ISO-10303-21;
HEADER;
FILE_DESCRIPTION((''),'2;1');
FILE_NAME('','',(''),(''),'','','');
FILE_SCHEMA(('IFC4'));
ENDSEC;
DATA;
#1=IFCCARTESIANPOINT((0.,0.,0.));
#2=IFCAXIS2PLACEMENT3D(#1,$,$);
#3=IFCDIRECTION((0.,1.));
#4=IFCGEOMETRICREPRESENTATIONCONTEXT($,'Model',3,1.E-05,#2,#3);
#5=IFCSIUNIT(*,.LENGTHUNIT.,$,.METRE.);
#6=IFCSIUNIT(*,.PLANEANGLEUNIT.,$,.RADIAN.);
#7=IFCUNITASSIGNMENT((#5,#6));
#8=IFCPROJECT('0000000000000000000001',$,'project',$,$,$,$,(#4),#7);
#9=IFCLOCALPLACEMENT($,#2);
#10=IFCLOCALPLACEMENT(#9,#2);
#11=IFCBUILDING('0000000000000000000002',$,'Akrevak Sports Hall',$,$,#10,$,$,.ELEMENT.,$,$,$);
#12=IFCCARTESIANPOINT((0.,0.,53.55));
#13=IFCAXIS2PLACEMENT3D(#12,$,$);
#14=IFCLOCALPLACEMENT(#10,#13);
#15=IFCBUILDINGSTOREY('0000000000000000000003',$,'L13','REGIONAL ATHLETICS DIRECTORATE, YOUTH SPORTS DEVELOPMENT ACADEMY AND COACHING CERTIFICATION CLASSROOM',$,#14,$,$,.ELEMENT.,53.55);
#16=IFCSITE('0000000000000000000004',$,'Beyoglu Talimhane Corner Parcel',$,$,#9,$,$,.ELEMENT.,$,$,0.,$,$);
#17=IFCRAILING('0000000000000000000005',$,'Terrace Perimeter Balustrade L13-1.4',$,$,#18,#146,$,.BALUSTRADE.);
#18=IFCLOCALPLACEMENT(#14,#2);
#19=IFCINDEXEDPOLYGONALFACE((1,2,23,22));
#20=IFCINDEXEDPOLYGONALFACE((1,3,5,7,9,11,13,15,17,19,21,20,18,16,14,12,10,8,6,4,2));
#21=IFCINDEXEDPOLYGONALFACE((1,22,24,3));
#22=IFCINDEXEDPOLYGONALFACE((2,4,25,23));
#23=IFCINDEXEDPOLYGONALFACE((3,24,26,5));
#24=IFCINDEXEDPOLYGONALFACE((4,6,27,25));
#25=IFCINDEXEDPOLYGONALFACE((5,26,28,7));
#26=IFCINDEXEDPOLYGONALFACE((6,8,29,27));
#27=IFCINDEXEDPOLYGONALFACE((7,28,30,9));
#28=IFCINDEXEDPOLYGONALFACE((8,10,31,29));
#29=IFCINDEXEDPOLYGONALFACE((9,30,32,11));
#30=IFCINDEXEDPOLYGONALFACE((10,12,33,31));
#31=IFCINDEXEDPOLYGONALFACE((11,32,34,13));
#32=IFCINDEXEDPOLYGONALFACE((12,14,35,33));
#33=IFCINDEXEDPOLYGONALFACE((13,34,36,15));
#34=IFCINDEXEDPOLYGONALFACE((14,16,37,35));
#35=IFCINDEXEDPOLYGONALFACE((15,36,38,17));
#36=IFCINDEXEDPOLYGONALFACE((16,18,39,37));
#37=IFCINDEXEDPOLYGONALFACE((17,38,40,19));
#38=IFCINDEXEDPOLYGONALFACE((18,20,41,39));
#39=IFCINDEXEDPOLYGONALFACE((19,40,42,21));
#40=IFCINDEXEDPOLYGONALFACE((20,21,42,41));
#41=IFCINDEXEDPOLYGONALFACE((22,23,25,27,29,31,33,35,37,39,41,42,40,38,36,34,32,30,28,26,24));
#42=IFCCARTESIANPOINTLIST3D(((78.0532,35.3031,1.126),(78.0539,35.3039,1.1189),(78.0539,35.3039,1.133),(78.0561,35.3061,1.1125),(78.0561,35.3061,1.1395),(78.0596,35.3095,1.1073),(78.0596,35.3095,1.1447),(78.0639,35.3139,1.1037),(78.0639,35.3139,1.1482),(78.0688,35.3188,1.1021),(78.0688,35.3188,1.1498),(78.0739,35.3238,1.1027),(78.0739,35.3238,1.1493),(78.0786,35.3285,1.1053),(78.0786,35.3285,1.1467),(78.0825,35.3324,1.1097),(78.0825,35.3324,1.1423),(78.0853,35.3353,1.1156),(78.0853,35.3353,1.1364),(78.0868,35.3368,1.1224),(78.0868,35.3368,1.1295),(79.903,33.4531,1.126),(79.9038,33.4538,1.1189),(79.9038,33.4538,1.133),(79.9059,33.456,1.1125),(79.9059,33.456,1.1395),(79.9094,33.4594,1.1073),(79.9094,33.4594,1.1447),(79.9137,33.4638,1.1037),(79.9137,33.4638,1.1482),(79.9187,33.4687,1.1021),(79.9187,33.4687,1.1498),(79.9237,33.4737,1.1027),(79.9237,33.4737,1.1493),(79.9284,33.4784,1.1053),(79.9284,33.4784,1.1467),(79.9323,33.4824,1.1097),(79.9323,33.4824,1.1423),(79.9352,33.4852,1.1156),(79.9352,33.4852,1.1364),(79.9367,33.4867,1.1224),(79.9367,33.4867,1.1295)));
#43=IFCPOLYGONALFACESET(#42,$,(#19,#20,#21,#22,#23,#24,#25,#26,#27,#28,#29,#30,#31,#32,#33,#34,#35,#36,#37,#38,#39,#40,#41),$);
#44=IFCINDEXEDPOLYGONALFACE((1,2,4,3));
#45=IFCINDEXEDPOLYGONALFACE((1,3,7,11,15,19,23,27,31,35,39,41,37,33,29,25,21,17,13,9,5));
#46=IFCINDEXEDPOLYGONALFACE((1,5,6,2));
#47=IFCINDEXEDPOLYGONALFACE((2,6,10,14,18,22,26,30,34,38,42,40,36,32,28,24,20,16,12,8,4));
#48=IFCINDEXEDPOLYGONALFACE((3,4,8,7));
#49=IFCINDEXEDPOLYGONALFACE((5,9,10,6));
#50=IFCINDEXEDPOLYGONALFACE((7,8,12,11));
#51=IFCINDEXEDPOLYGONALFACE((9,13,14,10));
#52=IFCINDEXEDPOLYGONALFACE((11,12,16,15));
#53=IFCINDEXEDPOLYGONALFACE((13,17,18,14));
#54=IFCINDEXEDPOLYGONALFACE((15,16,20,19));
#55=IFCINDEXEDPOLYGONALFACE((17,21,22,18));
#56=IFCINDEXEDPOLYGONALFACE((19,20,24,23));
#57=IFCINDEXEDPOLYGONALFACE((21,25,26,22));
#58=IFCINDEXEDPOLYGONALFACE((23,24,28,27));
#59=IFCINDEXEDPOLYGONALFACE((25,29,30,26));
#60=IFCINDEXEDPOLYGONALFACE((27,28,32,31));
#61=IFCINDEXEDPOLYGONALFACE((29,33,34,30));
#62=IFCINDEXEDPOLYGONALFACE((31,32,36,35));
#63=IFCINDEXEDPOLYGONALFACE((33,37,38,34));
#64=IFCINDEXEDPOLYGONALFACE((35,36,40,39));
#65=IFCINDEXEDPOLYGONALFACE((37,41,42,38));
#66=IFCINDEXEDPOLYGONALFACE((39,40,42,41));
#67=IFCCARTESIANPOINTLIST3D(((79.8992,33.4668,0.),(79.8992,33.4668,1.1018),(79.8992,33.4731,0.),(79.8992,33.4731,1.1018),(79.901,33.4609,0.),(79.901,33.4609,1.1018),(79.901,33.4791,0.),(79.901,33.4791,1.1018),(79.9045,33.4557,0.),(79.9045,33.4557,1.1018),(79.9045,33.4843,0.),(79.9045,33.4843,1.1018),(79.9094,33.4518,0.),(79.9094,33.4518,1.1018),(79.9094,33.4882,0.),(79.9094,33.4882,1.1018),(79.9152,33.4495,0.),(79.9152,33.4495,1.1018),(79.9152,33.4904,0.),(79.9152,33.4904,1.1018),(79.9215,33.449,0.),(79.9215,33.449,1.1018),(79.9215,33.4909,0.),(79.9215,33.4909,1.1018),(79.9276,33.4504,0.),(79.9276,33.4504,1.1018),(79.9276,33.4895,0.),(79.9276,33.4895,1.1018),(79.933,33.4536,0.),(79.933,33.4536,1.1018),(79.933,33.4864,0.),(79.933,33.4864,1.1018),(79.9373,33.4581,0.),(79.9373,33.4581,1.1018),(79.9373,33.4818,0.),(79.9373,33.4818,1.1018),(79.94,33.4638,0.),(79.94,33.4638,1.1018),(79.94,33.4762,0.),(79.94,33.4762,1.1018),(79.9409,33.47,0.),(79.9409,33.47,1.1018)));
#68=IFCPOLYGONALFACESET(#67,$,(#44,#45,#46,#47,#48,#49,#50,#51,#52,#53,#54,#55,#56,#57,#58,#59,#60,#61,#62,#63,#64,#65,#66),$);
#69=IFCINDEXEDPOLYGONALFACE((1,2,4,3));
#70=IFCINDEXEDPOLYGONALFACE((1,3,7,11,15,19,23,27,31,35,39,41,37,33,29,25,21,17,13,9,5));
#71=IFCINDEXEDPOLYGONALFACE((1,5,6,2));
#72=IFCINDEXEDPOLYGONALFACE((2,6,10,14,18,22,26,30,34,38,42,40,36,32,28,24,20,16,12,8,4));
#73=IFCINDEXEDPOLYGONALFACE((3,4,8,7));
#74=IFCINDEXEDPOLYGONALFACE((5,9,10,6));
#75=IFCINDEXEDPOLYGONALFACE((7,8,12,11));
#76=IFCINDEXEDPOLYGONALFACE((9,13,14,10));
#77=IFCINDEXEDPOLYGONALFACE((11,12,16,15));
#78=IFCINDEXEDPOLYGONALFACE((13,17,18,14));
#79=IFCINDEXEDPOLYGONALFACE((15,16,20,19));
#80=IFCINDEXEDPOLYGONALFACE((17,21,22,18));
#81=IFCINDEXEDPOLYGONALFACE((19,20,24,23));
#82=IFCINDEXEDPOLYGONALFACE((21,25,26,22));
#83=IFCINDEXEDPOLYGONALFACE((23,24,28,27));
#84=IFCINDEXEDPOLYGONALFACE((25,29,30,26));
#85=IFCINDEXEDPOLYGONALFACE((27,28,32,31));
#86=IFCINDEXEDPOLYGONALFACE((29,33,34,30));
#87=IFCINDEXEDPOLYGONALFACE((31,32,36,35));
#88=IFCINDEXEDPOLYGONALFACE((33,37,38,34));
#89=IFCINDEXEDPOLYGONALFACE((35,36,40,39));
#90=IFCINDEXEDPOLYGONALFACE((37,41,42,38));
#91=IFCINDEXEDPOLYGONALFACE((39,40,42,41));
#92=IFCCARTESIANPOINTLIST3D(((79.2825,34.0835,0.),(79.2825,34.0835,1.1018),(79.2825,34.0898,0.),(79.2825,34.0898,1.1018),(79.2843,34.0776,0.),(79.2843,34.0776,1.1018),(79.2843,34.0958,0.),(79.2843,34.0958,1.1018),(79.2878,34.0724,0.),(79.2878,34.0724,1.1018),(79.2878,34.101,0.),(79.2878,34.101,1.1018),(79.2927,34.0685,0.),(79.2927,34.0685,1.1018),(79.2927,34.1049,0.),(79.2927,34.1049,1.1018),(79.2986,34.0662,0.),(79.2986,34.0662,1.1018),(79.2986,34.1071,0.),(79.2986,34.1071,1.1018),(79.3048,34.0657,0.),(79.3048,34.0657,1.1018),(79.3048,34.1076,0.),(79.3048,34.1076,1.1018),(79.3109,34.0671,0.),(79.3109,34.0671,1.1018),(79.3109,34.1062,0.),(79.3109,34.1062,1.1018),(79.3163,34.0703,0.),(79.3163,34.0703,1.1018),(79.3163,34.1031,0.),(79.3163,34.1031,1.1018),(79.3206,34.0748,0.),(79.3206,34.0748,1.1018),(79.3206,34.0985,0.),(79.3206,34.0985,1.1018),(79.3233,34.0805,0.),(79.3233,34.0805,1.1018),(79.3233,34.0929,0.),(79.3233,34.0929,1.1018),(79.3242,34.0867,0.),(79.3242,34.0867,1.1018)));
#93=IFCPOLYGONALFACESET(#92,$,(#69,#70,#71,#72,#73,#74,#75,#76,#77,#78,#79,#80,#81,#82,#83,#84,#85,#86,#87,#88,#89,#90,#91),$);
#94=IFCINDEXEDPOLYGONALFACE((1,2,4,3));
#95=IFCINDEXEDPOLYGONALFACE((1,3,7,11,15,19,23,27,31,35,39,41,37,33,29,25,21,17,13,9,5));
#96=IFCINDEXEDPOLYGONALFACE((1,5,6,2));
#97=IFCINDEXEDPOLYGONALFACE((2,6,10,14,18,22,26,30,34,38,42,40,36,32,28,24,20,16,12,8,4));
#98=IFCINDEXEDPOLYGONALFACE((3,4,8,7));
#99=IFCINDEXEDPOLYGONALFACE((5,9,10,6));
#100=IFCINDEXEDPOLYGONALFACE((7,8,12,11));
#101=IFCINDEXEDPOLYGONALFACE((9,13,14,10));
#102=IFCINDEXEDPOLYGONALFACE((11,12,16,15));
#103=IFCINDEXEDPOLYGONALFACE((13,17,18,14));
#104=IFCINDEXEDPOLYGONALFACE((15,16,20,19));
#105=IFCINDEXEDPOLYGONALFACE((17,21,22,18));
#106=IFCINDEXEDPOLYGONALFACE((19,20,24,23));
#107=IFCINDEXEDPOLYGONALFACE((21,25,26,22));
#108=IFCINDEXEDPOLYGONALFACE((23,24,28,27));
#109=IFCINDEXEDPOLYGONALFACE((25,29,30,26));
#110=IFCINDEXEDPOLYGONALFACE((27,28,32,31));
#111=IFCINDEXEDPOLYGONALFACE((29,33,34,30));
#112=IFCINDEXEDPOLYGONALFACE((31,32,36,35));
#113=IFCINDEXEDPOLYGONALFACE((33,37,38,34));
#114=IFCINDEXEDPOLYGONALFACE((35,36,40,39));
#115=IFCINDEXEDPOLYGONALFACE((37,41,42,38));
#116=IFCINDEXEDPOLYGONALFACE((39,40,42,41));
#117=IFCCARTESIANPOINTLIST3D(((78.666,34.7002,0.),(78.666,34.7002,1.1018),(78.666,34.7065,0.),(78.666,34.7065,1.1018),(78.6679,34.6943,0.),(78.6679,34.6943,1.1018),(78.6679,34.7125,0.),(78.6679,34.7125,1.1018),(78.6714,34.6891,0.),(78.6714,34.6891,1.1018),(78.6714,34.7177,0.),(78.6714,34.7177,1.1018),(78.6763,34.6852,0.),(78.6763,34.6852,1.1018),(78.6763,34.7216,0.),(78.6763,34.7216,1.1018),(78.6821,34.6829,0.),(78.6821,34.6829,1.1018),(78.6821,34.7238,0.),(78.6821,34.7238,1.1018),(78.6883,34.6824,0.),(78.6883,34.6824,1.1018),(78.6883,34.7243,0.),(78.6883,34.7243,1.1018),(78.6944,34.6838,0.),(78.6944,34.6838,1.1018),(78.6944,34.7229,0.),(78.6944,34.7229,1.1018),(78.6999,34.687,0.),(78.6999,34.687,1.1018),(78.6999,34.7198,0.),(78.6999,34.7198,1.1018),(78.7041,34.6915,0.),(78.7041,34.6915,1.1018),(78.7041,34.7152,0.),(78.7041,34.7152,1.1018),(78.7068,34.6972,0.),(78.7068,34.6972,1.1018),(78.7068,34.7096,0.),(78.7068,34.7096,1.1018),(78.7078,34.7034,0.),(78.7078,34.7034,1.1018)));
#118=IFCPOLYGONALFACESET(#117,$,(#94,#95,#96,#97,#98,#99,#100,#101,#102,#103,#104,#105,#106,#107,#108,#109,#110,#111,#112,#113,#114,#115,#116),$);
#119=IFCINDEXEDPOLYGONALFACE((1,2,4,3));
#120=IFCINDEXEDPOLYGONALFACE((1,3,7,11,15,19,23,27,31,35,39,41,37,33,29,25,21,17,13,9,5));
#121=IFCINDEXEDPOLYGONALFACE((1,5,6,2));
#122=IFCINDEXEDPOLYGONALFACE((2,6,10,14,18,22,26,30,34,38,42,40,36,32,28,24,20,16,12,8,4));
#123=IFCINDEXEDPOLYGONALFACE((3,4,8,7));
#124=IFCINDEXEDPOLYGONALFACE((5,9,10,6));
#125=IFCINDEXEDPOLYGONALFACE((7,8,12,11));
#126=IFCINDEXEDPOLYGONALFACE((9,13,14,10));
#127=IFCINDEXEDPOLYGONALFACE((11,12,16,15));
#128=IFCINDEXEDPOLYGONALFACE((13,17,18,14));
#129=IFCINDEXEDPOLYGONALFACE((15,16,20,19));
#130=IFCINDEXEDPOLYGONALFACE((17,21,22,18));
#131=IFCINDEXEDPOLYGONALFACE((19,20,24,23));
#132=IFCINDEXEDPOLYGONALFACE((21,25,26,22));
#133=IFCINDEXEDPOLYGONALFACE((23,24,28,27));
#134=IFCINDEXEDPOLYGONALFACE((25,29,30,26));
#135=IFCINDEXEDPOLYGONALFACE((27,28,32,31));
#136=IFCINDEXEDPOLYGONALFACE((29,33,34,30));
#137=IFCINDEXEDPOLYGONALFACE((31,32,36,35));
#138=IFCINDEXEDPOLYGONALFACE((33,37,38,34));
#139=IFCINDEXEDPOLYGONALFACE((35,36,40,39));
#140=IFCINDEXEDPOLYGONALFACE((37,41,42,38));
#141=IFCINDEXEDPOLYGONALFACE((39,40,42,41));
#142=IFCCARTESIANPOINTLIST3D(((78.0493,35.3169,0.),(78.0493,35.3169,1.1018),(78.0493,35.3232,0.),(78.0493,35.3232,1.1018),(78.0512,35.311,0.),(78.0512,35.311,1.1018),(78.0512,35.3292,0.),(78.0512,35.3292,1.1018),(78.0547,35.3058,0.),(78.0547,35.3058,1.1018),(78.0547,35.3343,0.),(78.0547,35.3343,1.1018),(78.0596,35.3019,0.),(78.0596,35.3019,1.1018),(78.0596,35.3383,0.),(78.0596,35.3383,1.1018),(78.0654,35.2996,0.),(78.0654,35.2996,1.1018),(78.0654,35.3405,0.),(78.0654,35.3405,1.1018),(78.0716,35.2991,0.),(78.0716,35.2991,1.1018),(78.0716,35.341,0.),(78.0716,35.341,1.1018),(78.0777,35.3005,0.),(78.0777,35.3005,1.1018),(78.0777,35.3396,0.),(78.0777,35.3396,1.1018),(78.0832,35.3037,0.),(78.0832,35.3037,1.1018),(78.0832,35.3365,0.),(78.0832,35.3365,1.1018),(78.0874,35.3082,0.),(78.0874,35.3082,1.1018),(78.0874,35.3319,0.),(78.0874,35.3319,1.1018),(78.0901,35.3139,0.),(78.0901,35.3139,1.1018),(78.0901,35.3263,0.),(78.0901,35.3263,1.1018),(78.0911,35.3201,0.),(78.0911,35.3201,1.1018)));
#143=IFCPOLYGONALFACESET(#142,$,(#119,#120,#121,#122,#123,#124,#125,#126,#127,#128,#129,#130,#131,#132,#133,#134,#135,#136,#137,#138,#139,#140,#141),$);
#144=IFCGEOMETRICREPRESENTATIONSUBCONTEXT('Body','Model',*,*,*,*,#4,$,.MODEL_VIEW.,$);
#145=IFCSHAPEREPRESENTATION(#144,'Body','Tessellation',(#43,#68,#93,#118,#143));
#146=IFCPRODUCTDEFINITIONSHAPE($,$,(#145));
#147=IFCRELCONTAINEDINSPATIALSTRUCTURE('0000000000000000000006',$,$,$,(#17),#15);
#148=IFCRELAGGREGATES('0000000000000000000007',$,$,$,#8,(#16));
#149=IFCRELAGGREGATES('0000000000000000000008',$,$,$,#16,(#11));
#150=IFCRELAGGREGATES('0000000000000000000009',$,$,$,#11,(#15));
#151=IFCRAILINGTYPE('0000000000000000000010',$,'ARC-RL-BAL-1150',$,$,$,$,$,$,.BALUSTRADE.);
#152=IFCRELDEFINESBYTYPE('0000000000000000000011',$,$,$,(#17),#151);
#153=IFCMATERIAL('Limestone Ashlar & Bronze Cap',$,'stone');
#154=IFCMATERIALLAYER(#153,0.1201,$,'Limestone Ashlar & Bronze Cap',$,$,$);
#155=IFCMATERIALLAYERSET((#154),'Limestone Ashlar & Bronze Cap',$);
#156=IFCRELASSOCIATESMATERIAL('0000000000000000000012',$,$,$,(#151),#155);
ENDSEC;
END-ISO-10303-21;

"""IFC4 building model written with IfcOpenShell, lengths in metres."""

from ifc_helpers import new_model, si_unit, direction, frame, origin, origin_2d, place, context, subcontext, project, spatial, circle, extrude, material, layer, layer_set, type_object, element, save


model = new_model("IFC4")

# Units and contexts
model_context = context("Model", 3, precision=1e-05, world=origin(), true_north=direction((0.0, 1.0)))
body_context = subcontext(model_context, "Body", "Model", "MODEL_VIEW")
ifc_project = project(units=[si_unit("LENGTHUNIT", "METRE"), si_unit("PLANEANGLEUNIT", "RADIAN")], contexts=[model_context])

# Site, building, storey
site_placement = place(None, origin())
site = spatial("IfcSite", under=ifc_project, at=site_placement, Name="Beyoglu Talimhane Corner Parcel", CompositionType="ELEMENT", RefElevation=0.0)
building_placement = place(site_placement, origin())
building = spatial("IfcBuilding", under=site, at=building_placement, Name="Akrevak Sports Hall", CompositionType="ELEMENT")
storey_placement = place(building_placement, frame((0.0, 0.0, 53.55)))
storey = spatial("IfcBuildingStorey", under=building, at=storey_placement, Name="L13", Description="REGIONAL ATHLETICS DIRECTORATE, YOUTH SPORTS DEVELOPMENT ACADEMY AND COACHING CERTIFICATION CLASSROOM", CompositionType="ELEMENT", Elevation=53.55)

# Railing
ifc_material_1 = material(Name="Limestone Ashlar & Bronze Cap", Category="stone")
ifc_layer_1 = layer(ifc_material_1, 0.1201, Name="Limestone Ashlar & Bronze Cap")
ifc_layer_set_1 = layer_set([ifc_layer_1], Name="Limestone Ashlar & Bronze Cap")
railing_type = type_object("IfcRailingType", Name="ARC-RL-BAL-1150", PredefinedType="BALUSTRADE", material=ifc_layer_set_1)
railing_1_placement = place(storey_placement, frame((79.9199, 33.47, 0.0)))
element("IfcRailing", 1, at=railing_1_placement, inside=storey, type_object=railing_type, Name="Terrace Perimeter Balustrade L13-1.4", PredefinedType="BALUSTRADE", context=body_context, shape_type="SweptSolid", body=[
    extrude(circle(Radius=0.0239, at=origin_2d()), frame((0.0, 0.0, 1.126), z_axis=(-0.70706, 0.707153, 0.0), x_axis=(-0.707153, -0.70706, 0.0)), (0.0, 0.0, 1.0), 2.6162),
    extrude(circle(Radius=0.021, at=origin_2d()), origin(), (0.0, 0.0, 1.0), 1.1018),
    extrude(circle(Radius=0.021, at=origin_2d()), frame((-0.6167, 0.6167, 0.0)), (0.0, 0.0, 1.0), 1.1018),
    extrude(circle(Radius=0.021, at=origin_2d()), frame((-1.2332, 1.2334, 0.0)), (0.0, 0.0, 1.0), 1.1018),
    extrude(circle(Radius=0.021, at=origin_2d()), frame((-1.8499, 1.8501, 0.0)), (0.0, 0.0, 1.0), 1.1018),
])

save(model, "model.ifc")
